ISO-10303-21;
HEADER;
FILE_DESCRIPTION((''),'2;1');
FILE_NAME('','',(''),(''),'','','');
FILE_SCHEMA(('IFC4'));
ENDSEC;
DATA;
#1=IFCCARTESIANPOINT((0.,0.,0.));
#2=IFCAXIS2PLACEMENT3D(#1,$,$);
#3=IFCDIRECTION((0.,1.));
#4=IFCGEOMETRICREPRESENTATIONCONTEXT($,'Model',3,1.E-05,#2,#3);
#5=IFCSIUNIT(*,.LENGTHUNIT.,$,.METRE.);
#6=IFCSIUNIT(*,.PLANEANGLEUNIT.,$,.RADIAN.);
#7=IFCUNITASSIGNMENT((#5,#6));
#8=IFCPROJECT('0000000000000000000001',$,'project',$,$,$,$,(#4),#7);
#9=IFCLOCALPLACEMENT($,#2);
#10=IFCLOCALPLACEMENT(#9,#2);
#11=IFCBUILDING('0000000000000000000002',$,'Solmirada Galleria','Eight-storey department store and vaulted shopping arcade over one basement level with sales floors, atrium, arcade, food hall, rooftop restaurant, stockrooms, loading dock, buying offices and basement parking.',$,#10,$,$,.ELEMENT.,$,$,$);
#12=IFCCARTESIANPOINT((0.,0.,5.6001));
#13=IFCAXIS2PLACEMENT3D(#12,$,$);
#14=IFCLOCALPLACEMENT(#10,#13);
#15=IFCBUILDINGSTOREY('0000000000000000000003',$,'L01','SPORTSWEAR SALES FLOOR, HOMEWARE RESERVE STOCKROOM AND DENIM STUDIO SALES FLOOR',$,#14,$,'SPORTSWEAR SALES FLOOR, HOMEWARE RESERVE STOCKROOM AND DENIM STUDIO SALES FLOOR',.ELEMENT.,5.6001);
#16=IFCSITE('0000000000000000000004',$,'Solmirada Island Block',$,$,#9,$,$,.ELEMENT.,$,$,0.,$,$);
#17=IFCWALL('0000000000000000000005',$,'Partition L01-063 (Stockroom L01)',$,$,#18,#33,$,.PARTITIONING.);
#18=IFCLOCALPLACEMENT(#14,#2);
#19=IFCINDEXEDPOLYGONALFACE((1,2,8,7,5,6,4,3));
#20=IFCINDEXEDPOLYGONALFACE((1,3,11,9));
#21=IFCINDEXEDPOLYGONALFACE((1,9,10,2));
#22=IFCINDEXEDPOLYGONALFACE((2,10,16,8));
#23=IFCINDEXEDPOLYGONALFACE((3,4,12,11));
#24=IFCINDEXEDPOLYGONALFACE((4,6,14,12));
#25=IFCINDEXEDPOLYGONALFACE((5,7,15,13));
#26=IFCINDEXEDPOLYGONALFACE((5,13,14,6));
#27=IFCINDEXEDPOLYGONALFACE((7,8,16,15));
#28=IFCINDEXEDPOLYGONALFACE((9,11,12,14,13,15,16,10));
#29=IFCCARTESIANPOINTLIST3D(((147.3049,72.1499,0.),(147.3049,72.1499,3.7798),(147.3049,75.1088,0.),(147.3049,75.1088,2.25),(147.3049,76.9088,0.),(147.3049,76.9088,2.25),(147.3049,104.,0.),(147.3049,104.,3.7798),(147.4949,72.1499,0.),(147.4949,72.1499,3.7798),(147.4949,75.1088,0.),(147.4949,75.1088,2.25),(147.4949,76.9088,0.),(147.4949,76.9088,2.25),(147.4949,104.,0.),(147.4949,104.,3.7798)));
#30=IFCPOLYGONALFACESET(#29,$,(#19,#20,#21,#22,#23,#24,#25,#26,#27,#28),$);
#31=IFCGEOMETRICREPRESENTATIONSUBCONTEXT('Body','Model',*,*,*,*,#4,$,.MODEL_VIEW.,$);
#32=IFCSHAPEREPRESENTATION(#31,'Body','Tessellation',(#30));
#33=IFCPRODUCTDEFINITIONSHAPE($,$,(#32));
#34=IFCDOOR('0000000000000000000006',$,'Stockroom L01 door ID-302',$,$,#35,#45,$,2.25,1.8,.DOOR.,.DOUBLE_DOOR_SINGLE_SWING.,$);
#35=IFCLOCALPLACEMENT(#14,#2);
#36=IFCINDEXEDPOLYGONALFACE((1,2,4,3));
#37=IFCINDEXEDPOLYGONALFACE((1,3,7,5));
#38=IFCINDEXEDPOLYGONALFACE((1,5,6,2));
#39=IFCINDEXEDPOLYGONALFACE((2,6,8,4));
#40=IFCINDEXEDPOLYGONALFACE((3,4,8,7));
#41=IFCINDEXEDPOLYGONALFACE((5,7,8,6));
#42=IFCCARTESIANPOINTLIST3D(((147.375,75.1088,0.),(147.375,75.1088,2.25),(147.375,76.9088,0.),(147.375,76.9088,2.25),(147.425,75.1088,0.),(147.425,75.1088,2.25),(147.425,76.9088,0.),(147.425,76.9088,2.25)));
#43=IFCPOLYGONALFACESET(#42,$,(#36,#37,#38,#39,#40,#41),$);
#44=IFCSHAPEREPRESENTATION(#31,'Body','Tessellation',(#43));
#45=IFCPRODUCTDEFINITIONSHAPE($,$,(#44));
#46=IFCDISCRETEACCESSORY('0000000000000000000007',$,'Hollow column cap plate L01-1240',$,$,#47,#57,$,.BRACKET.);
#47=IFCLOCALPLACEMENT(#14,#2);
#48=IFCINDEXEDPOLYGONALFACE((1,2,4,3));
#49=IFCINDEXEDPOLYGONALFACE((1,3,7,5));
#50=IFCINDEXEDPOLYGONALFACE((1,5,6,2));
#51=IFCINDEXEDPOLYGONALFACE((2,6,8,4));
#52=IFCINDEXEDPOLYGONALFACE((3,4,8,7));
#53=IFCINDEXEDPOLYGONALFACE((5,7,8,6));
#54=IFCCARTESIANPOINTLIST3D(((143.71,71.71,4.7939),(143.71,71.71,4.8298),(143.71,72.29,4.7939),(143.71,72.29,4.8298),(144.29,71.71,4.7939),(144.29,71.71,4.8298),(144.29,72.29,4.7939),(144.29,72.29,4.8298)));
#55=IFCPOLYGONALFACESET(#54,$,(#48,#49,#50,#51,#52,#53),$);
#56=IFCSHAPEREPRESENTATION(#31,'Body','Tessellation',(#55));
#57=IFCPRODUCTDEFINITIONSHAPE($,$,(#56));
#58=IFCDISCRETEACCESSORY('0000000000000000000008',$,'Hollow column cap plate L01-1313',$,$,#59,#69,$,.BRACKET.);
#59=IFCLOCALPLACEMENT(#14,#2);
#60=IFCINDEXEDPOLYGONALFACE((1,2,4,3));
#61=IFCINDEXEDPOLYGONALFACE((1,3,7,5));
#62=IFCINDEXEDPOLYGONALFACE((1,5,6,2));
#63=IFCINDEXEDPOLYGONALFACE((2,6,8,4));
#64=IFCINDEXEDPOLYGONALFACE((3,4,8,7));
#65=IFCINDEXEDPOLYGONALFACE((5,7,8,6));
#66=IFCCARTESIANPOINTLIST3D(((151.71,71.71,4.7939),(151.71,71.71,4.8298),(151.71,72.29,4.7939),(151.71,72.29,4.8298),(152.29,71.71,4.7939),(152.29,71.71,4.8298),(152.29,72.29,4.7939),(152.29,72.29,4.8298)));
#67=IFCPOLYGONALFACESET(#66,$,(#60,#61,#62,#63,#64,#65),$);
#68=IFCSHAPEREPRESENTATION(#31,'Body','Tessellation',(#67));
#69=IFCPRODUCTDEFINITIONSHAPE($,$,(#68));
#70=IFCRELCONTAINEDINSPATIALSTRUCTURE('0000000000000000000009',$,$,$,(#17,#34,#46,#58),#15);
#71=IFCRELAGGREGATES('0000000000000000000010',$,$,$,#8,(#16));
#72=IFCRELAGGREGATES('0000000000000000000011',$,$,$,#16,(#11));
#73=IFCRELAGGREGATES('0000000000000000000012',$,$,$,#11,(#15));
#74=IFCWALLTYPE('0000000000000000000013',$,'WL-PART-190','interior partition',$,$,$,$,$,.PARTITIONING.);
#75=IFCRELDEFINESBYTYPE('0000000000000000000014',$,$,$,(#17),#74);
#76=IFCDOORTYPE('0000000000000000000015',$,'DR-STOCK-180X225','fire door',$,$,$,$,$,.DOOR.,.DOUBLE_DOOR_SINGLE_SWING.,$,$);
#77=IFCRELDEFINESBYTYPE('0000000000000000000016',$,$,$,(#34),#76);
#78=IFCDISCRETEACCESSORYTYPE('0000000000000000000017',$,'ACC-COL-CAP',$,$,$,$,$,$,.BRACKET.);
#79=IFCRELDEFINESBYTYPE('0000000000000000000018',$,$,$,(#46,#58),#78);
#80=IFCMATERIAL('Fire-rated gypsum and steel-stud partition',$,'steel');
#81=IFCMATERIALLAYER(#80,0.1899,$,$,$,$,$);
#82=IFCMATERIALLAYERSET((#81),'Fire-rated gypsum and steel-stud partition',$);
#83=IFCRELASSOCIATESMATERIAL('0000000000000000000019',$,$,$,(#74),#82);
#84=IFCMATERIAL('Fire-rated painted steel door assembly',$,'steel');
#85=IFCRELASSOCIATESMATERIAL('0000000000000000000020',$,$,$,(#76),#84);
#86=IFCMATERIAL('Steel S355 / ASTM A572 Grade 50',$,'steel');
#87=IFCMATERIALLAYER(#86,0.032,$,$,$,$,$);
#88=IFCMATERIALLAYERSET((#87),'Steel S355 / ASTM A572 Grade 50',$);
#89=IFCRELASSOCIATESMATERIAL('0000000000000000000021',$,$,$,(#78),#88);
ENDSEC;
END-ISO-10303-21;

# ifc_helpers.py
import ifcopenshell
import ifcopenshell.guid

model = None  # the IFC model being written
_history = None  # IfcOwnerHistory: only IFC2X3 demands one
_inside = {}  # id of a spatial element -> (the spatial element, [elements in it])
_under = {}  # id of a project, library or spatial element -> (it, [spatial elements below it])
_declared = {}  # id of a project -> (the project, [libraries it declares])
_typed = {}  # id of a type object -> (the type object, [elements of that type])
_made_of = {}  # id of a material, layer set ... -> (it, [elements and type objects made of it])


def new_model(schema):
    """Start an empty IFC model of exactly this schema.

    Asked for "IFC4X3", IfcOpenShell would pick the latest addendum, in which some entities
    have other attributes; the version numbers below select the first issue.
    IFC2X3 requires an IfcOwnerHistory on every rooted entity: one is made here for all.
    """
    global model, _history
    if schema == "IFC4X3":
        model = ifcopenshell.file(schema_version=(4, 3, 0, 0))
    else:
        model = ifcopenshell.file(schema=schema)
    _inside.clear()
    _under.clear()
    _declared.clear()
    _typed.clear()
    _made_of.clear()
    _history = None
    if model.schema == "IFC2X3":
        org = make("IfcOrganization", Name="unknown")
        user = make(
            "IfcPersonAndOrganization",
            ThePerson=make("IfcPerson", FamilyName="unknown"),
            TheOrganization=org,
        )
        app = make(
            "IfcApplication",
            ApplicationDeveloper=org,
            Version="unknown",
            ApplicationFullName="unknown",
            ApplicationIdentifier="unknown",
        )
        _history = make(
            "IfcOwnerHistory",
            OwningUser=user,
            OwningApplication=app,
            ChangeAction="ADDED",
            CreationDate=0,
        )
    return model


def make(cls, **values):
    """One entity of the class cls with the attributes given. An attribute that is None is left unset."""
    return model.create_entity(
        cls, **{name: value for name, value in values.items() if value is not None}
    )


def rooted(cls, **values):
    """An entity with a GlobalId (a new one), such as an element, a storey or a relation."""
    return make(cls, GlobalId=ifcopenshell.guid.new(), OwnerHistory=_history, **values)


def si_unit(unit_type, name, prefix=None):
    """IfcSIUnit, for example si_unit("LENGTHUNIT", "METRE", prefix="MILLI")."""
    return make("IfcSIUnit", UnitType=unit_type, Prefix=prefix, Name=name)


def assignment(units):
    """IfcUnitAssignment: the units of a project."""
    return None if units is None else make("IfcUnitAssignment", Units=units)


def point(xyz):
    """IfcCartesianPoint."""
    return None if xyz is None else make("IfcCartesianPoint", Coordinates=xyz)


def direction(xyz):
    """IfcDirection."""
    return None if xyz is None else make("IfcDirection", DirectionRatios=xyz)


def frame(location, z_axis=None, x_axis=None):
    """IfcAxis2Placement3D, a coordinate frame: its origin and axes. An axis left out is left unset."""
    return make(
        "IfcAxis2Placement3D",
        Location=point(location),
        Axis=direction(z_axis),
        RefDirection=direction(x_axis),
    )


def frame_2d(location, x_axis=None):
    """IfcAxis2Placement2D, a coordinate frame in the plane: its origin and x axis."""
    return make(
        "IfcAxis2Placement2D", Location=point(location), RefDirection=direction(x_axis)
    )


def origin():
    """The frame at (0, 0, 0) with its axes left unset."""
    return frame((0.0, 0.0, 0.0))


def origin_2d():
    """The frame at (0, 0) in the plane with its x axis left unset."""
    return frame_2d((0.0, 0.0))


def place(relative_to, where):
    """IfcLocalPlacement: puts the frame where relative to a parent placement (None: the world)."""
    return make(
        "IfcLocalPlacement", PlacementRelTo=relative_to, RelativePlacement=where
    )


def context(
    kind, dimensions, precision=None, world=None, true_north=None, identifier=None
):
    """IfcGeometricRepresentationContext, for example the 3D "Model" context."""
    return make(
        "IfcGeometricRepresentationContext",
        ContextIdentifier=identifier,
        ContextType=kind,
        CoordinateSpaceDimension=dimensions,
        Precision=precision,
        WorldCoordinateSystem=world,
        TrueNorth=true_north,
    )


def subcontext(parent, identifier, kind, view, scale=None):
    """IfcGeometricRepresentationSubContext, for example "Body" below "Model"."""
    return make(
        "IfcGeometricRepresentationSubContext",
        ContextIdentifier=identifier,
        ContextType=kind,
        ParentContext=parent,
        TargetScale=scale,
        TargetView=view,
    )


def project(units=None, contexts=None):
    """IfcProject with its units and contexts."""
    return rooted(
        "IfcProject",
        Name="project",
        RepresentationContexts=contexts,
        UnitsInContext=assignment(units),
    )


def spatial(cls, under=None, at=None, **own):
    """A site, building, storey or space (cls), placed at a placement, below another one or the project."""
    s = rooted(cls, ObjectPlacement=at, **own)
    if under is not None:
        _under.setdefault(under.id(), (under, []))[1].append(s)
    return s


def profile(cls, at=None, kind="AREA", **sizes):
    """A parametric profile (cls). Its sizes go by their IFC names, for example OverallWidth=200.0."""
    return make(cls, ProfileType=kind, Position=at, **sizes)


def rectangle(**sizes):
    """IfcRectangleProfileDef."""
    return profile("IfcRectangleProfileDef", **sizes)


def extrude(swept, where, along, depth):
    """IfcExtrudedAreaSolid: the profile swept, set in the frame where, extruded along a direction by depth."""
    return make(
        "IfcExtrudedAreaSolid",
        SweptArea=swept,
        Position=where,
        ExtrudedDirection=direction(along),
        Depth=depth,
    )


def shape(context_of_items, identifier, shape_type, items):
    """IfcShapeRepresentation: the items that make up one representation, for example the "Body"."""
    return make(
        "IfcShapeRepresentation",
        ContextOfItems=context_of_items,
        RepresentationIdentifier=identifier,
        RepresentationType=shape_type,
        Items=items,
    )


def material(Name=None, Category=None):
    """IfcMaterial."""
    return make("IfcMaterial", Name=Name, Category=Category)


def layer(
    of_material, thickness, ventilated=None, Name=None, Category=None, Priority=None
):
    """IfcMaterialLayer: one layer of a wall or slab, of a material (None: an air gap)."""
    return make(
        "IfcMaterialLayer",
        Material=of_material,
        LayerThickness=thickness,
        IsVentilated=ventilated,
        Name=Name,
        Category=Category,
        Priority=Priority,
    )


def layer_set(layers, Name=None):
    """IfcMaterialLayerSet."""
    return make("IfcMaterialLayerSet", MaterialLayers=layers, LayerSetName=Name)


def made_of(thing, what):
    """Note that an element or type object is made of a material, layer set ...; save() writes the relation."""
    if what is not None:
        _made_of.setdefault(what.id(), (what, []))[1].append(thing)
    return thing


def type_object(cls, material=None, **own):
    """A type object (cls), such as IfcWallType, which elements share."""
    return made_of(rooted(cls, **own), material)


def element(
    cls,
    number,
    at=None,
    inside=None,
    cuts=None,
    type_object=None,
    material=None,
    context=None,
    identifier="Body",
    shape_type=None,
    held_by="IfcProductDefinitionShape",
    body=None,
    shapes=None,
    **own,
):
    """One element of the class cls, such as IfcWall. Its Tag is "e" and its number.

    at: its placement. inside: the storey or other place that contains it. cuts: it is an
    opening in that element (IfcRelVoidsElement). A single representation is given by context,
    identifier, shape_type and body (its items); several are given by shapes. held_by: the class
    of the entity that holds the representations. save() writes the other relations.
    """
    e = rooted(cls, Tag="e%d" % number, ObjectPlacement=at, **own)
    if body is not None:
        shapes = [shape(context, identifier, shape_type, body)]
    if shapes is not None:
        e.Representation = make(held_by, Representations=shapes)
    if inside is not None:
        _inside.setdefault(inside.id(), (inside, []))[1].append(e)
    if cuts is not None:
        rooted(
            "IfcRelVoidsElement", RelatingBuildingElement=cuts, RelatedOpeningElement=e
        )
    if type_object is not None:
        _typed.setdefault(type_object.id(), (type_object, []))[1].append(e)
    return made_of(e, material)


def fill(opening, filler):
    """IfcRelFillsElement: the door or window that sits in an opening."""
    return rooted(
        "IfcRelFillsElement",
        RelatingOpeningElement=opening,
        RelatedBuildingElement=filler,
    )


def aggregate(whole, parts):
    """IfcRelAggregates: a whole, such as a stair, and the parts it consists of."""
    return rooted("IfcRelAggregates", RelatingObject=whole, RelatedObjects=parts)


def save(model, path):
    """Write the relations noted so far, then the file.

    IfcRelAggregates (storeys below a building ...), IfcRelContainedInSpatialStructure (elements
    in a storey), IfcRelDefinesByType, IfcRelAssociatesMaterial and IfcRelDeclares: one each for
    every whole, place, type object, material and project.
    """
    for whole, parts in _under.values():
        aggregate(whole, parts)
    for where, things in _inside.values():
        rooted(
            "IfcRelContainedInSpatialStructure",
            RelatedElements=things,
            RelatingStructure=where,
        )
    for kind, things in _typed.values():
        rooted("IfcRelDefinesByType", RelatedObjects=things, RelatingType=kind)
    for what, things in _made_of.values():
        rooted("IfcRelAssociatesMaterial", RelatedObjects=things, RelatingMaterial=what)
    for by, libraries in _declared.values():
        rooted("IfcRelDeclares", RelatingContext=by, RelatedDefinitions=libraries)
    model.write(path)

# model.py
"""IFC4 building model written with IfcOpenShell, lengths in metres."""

from ifc_helpers import new_model, si_unit, direction, frame, frame_2d, origin, origin_2d, place, context, subcontext, project, spatial, rectangle, extrude, material, layer, layer_set, type_object, element, fill, save


model = new_model("IFC4")

# Units and contexts
model_context = context("Model", 3, precision=1e-05, world=origin(), true_north=direction((0.0, 1.0)))
body_context = subcontext(model_context, "Body", "Model", "MODEL_VIEW")
ifc_project = project(units=[si_unit("LENGTHUNIT", "METRE"), si_unit("PLANEANGLEUNIT", "RADIAN")], contexts=[model_context])

# Site, building, storey
site_placement = place(None, origin())
site = spatial("IfcSite", under=ifc_project, at=site_placement, Name="Solmirada Island Block", CompositionType="ELEMENT", RefElevation=0.0)
building_placement = place(site_placement, origin())
building = spatial("IfcBuilding", under=site, at=building_placement, Name="Solmirada Galleria", Description="Eight-storey department store and vaulted shopping arcade over one basement level with sales floors, atrium, arcade, food hall, rooftop restaurant, stockrooms, loading dock, buying offices and basement parking.", CompositionType="ELEMENT")
storey_placement = place(building_placement, frame((0.0, 0.0, 5.6001)))
storey = spatial("IfcBuildingStorey", under=building, at=storey_placement, Name="L01", Description="SPORTSWEAR SALES FLOOR, HOMEWARE RESERVE STOCKROOM AND DENIM STUDIO SALES FLOOR", LongName="SPORTSWEAR SALES FLOOR, HOMEWARE RESERVE STOCKROOM AND DENIM STUDIO SALES FLOOR", CompositionType="ELEMENT", Elevation=5.6001)

# Wall, opening, door
ifc_material_1 = material(Name="Fire-rated gypsum and steel-stud partition", Category="steel")
ifc_layer_1 = layer(ifc_material_1, 0.1899)
ifc_layer_set_1 = layer_set([ifc_layer_1], Name="Fire-rated gypsum and steel-stud partition")
wall_type_1 = type_object("IfcWallType", Name="WL-PART-190", Description="interior partition", PredefinedType="PARTITIONING", material=ifc_layer_set_1)
wall_1_placement = place(storey_placement, frame((147.3999, 72.1499, 0.0), z_axis=(0.0, 0.0, 1.0), x_axis=(0.0, 1.0, 0.0)))
wall_1 = element("IfcWall", 1, at=wall_1_placement, inside=storey, type_object=wall_type_1, Name="Partition L01-063 (Stockroom L01)", PredefinedType="PARTITIONING", context=body_context, shape_type="SweptSolid", body=[
    extrude(rectangle(XDim=31.8501, YDim=0.1899, at=frame_2d((15.925, 0.0))), origin(), (0.0, 0.0, 1.0), 3.7798),
])
opening_1_placement = place(wall_1_placement, frame((2.959, 0.0, 0.0)))
opening_1 = element("IfcOpeningElement", 2, at=opening_1_placement, cuts=wall_1, PredefinedType="OPENING", context=body_context, shape_type="SweptSolid", body=[
    extrude(rectangle(XDim=1.8, YDim=2.25, at=frame_2d((0.8999, 1.125))), frame((0.0, 0.105, 0.0), z_axis=(0.0, -1.0, 0.0), x_axis=(1.0, 0.0, 0.0)), (0.0, 0.0, 1.0), 0.21),
])
ifc_material_2 = material(Name="Fire-rated painted steel door assembly", Category="steel")
door_type = type_object("IfcDoorType", Name="DR-STOCK-180X225", Description="fire door", OperationType="DOUBLE_DOOR_SINGLE_SWING", PredefinedType="DOOR", material=ifc_material_2)
door_placement = place(opening_1_placement, origin())
door = element("IfcDoor", 3, at=door_placement, inside=storey, type_object=door_type, Name="Stockroom L01 door ID-302", OperationType="DOUBLE_DOOR_SINGLE_SWING", OverallHeight=2.25, OverallWidth=1.8, PredefinedType="DOOR", context=body_context, shape_type="SweptSolid", body=[
    extrude(rectangle(XDim=1.8, YDim=2.25, at=frame_2d((0.8999, 1.125))), frame((0.0, 0.0249, 0.0), z_axis=(0.0, -1.0, 0.0), x_axis=(1.0, 0.0, 0.0)), (0.0, 0.0, 1.0), 0.05),
])
fill(opening_1, door)

# Discrete accessories
ifc_material_3 = material(Name="Steel S355 / ASTM A572 Grade 50", Category="steel")
ifc_layer_2 = layer(ifc_material_3, 0.032)
ifc_layer_set_2 = layer_set([ifc_layer_2], Name="Steel S355 / ASTM A572 Grade 50")
discrete_accessory_type = type_object("IfcDiscreteAccessoryType", Name="ACC-COL-CAP", PredefinedType="BRACKET", material=ifc_layer_set_2)
for number, where, z_axis, x_axis, name in (
    (4, (144.0, 72.0, 4.7939), (0.0, 0.0, 1.0), (1.0, 0.0, 0.0), "Hollow column cap plate L01-1240"),
    (5, (152.0, 72.0, 4.7939), (0.0, 0.0, 1.0), (1.0, 0.0, 0.0), "Hollow column cap plate L01-1313"),
):
    element("IfcDiscreteAccessory", number, at=place(storey_placement, frame(where, z_axis=z_axis, x_axis=x_axis)), inside=storey, type_object=discrete_accessory_type, Name=name, PredefinedType="BRACKET", context=body_context, shape_type="SweptSolid", body=[
        extrude(rectangle(XDim=0.5801, YDim=0.5801, at=origin_2d()), origin(), (0.0, 0.0, 1.0), 0.0359),
    ])

save(model, "model.ifc")
